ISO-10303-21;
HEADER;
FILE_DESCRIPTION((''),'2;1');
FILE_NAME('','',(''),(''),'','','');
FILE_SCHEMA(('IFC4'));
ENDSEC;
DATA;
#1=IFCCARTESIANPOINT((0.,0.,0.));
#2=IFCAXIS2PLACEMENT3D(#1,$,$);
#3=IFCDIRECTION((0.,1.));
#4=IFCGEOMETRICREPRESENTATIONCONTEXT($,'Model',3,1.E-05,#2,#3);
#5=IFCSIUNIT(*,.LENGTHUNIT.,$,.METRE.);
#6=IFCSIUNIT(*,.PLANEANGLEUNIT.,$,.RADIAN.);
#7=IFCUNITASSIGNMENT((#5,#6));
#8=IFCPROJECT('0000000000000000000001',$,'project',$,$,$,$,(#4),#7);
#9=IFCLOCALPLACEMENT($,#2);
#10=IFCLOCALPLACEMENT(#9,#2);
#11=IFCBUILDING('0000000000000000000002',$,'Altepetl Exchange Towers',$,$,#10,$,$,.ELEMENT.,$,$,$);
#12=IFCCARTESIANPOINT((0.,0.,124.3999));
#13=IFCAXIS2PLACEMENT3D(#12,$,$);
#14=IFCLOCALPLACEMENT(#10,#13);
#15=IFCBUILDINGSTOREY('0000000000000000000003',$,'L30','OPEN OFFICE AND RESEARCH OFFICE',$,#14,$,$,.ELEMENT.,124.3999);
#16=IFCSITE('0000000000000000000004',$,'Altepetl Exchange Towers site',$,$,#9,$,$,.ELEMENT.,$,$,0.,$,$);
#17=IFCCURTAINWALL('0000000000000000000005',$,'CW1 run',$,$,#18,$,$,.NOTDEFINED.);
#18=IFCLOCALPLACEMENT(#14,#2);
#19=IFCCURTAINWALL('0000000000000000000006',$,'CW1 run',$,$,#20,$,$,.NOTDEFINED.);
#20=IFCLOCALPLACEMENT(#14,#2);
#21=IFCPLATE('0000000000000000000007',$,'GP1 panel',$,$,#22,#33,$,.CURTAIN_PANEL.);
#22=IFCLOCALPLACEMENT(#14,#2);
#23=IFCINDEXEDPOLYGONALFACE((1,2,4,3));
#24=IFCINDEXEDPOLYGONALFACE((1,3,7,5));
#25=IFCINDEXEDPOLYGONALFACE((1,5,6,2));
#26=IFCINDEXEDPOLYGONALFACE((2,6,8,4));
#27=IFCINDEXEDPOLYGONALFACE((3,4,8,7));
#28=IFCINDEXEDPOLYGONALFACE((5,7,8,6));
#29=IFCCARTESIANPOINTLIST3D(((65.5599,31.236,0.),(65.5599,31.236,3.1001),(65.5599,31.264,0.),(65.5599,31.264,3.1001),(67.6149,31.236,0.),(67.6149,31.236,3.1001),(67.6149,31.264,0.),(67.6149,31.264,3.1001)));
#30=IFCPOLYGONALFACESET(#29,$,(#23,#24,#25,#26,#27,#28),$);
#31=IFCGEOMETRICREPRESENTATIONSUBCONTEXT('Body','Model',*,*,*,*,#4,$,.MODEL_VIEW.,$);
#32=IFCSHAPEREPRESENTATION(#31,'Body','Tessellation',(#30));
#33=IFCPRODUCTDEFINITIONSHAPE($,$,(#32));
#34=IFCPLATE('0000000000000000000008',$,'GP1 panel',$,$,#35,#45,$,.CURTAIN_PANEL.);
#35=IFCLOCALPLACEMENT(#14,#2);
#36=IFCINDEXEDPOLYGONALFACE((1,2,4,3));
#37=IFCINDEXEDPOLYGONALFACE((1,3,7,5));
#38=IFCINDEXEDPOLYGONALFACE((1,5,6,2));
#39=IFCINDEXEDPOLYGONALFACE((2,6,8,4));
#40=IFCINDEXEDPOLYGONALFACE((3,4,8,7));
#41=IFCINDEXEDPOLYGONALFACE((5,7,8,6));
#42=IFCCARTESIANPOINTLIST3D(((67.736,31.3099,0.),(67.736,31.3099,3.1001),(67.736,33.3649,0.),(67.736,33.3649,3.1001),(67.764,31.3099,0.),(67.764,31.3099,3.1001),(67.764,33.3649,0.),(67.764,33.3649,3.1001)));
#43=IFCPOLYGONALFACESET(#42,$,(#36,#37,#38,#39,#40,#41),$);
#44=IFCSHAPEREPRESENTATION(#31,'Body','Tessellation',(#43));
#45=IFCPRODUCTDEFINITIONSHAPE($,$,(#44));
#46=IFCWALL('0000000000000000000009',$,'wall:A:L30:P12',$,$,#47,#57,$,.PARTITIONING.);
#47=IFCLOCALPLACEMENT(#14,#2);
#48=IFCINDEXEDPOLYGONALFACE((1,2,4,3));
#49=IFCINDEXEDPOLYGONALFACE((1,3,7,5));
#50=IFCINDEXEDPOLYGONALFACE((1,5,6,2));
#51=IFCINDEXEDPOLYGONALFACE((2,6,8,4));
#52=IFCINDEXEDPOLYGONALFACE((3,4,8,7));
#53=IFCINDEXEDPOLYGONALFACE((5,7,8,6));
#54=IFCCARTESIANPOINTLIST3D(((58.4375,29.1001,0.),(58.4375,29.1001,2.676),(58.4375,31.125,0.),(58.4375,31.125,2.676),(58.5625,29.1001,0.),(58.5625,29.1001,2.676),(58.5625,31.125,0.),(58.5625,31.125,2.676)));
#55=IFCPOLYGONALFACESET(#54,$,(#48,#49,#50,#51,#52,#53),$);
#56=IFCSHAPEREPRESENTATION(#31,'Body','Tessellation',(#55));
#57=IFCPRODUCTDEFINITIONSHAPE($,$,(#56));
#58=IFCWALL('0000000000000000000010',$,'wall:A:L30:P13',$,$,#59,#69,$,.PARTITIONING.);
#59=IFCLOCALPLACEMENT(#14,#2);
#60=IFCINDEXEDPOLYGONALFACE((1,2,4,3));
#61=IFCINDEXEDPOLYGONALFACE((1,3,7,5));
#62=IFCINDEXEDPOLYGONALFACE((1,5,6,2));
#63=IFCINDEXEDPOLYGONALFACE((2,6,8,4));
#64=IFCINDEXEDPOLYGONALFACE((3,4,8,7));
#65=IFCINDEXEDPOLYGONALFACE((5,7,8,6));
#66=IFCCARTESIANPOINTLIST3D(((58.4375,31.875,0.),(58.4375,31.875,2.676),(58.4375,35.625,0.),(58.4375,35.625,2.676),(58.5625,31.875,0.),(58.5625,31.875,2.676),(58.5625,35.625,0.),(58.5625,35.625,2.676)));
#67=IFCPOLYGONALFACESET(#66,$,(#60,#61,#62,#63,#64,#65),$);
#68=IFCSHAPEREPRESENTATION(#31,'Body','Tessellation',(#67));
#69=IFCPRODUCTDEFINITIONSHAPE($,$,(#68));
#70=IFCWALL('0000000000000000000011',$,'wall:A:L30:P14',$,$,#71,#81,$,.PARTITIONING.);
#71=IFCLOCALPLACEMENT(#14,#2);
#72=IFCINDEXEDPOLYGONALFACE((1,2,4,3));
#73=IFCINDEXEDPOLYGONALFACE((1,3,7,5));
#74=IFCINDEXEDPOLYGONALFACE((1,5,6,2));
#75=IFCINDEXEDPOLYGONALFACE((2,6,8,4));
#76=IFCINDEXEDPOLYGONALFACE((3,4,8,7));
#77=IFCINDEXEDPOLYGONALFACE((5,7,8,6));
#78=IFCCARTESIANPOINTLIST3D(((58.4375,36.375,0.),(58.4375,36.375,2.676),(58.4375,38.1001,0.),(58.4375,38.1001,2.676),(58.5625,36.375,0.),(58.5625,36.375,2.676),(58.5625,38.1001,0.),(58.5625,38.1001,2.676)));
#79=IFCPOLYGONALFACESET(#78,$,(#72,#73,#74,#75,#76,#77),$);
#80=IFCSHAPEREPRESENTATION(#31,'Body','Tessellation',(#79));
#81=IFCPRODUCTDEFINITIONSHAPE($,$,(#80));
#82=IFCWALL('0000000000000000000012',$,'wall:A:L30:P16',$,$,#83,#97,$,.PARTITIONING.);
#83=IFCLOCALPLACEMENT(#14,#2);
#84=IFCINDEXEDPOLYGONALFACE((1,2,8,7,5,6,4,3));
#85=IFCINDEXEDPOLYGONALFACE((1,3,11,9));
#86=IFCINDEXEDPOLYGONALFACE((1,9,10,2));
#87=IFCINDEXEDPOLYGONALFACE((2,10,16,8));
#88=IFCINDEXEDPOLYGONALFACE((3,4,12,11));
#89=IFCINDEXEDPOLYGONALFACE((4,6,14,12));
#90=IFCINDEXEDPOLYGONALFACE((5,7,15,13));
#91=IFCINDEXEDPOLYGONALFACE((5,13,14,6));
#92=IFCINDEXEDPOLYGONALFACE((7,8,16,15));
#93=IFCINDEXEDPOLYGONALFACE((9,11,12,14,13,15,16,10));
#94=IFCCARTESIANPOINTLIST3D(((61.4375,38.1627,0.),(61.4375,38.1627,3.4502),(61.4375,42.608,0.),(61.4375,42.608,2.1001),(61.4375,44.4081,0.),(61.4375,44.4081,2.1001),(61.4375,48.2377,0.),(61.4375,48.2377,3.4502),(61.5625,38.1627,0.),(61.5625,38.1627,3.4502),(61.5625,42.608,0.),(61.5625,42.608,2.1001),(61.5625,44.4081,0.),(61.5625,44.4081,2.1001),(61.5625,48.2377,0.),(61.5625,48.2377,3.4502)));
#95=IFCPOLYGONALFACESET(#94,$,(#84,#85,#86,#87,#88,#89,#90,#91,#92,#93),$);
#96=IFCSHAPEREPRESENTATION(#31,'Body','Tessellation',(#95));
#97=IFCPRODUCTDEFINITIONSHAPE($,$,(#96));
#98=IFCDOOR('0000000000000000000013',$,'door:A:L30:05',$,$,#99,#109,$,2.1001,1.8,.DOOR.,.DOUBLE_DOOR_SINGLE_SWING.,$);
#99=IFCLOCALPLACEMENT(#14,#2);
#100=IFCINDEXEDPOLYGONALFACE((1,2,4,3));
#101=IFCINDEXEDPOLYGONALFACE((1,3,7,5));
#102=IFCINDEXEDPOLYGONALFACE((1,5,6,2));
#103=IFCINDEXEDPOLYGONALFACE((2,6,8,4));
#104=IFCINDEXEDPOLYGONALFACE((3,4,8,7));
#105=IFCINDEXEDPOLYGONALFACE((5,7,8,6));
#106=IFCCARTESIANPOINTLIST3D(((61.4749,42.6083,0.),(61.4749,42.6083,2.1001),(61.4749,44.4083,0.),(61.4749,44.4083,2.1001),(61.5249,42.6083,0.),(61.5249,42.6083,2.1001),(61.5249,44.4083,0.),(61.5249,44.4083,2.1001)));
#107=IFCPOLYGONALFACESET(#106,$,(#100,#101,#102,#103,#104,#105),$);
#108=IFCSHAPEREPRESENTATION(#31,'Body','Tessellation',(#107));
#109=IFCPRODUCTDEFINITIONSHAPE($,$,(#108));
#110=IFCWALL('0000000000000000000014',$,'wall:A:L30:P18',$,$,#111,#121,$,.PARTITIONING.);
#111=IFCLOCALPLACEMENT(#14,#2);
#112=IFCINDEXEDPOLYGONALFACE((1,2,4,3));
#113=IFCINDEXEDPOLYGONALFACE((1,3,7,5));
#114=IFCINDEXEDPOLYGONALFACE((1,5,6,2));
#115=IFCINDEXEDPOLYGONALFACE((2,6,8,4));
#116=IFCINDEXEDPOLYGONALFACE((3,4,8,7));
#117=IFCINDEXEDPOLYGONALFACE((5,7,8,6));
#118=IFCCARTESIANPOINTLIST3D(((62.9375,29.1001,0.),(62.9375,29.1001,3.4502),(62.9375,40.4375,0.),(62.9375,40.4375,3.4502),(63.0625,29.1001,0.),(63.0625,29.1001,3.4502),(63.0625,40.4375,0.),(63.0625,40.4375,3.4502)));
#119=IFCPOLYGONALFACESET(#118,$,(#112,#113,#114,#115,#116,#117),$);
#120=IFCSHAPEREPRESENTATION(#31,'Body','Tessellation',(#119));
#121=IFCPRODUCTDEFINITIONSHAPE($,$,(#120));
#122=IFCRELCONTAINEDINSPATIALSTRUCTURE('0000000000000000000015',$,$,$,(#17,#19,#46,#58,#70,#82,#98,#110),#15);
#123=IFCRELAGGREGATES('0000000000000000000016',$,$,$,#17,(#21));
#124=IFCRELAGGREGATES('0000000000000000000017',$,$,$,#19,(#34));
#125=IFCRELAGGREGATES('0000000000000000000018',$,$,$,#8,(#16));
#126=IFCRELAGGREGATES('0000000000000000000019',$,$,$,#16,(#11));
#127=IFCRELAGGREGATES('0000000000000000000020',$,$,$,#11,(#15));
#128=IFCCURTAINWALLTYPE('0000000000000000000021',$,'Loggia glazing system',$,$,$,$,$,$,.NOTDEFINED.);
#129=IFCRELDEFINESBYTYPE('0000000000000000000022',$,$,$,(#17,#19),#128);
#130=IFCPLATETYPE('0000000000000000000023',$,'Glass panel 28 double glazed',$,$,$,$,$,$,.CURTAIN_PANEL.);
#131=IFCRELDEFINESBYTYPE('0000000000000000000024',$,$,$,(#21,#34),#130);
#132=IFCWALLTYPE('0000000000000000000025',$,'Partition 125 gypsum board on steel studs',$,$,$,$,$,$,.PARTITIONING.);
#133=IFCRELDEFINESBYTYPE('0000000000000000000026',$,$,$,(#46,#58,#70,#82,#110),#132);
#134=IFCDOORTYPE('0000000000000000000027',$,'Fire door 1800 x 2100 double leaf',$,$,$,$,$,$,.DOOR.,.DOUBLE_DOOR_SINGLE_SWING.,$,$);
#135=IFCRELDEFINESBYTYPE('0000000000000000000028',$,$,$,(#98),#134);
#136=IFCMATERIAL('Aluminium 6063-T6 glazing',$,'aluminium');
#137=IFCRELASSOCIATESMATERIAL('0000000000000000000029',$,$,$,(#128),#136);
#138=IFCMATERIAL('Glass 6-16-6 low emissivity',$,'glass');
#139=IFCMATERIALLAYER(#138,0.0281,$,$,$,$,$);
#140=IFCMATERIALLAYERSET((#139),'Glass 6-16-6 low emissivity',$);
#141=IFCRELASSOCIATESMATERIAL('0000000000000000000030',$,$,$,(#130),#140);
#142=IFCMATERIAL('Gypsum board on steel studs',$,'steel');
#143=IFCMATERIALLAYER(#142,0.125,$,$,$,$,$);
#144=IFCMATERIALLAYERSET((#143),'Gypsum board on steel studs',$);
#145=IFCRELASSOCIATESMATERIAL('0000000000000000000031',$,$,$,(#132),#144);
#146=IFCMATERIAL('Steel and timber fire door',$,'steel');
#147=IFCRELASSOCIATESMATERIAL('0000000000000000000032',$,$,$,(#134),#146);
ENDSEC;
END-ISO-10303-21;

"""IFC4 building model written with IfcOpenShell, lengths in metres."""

from ifc_helpers import new_model, si_unit, direction, frame, frame_2d, origin, origin_2d, place, context, subcontext, project, spatial, rectangle, extrude, material, layer, layer_set, type_object, element, fill, aggregate, save


model = new_model("IFC4")

# Units and contexts
model_context = context("Model", 3, precision=1e-05, world=origin(), true_north=direction((0.0, 1.0)))
body_context = subcontext(model_context, "Body", "Model", "MODEL_VIEW")
ifc_project = project(units=[si_unit("LENGTHUNIT", "METRE"), si_unit("PLANEANGLEUNIT", "RADIAN")], contexts=[model_context])

# Site, building, storey
site_placement = place(None, origin())
site = spatial("IfcSite", under=ifc_project, at=site_placement, Name="Altepetl Exchange Towers site", CompositionType="ELEMENT", RefElevation=0.0)
building_placement = place(site_placement, origin())
building = spatial("IfcBuilding", under=site, at=building_placement, Name="Altepetl Exchange Towers", CompositionType="ELEMENT")
storey_placement = place(building_placement, frame((0.0, 0.0, 124.3999)))
storey = spatial("IfcBuildingStorey", under=building, at=storey_placement, Name="L30", Description="OPEN OFFICE AND RESEARCH OFFICE", CompositionType="ELEMENT", Elevation=124.3999)

# Curtain walls
ifc_material_1 = material(Name="Aluminium 6063-T6 glazing", Category="aluminium")
curtain_wall_type = type_object("IfcCurtainWallType", Name="Loggia glazing system", PredefinedType="NOTDEFINED", material=ifc_material_1)
curtain_wall_1_placement = place(storey_placement, origin())
curtain_wall_1 = element("IfcCurtainWall", 1, at=curtain_wall_1_placement, inside=storey, type_object=curtain_wall_type, Name="CW1 run", PredefinedType="NOTDEFINED")
curtain_wall_2_placement = place(storey_placement, origin())
curtain_wall_2 = element("IfcCurtainWall", 2, at=curtain_wall_2_placement, inside=storey, type_object=curtain_wall_type, Name="CW1 run", PredefinedType="NOTDEFINED")

# Plates
ifc_material_2 = material(Name="Glass 6-16-6 low emissivity", Category="glass")
ifc_layer_1 = layer(ifc_material_2, 0.0281)
ifc_layer_set_1 = layer_set([ifc_layer_1], Name="Glass 6-16-6 low emissivity")
plate_type = type_object("IfcPlateType", Name="Glass panel 28 double glazed", PredefinedType="CURTAIN_PANEL", material=ifc_layer_set_1)
plate_1_placement = place(storey_placement, frame((66.5874, 31.25, 0.0)))
plate_1 = element("IfcPlate", 3, at=plate_1_placement, type_object=plate_type, Name="GP1 panel", PredefinedType="CURTAIN_PANEL", context=body_context, shape_type="SweptSolid", body=[
    extrude(rectangle(XDim=2.0549, YDim=0.0281, at=origin_2d()), origin(), (0.0, 0.0, 1.0), 3.1001),
])
aggregate(curtain_wall_1, [plate_1])
plate_2_placement = place(storey_placement, frame((67.75, 32.3374, 0.0), z_axis=(0.0, 0.0, 1.0), x_axis=(0.0, 1.0, 0.0)))
plate_2 = element("IfcPlate", 4, at=plate_2_placement, type_object=plate_type, Name="GP1 panel", PredefinedType="CURTAIN_PANEL", context=body_context, shape_type="SweptSolid", body=[
    extrude(rectangle(XDim=2.0549, YDim=0.0281, at=origin_2d()), origin(), (0.0, 0.0, 1.0), 3.1001),
])
aggregate(curtain_wall_2, [plate_2])

# Walls
ifc_material_3 = material(Name="Gypsum board on steel studs", Category="steel")
ifc_layer_2 = layer(ifc_material_3, 0.125)
ifc_layer_set_2 = layer_set([ifc_layer_2], Name="Gypsum board on steel studs")
wall_type = type_object("IfcWallType", Name="Partition 125 gypsum board on steel studs", PredefinedType="PARTITIONING", material=ifc_layer_set_2)
wall_1_placement = place(storey_placement, frame((58.5, 29.1001, 0.0), z_axis=(0.0, 0.0, 1.0), x_axis=(0.0, 1.0, 0.0)))
element("IfcWall", 5, at=wall_1_placement, inside=storey, type_object=wall_type, Name="wall:A:L30:P12", PredefinedType="PARTITIONING", context=body_context, shape_type="SweptSolid", body=[
    extrude(rectangle(XDim=2.0249, YDim=0.125, at=frame_2d((1.0125, 0.0))), origin(), (0.0, 0.0, 1.0), 2.676),
])
wall_2_placement = place(storey_placement, frame((58.5, 31.875, 0.0), z_axis=(0.0, 0.0, 1.0), x_axis=(0.0, 1.0, 0.0)))
element("IfcWall", 6, at=wall_2_placement, inside=storey, type_object=wall_type, Name="wall:A:L30:P13", PredefinedType="PARTITIONING", context=body_context, shape_type="SweptSolid", body=[
    extrude(rectangle(XDim=3.75, YDim=0.125, at=frame_2d((1.875, 0.0))), origin(), (0.0, 0.0, 1.0), 2.676),
])
wall_3_placement = place(storey_placement, frame((58.5, 36.375, 0.0), z_axis=(0.0, 0.0, 1.0), x_axis=(0.0, 1.0, 0.0)))
element("IfcWall", 7, at=wall_3_placement, inside=storey, type_object=wall_type, Name="wall:A:L30:P14", PredefinedType="PARTITIONING", context=body_context, shape_type="SweptSolid", body=[
    extrude(rectangle(XDim=1.7251, YDim=0.125, at=frame_2d((0.8625, 0.0))), origin(), (0.0, 0.0, 1.0), 2.676),
])

# Wall, opening, door
wall_4_placement = place(storey_placement, frame((61.5, 38.1626, 0.0), z_axis=(0.0, 0.0, 1.0), x_axis=(0.0, 1.0, 0.0)))
wall_4 = element("IfcWall", 8, at=wall_4_placement, inside=storey, type_object=wall_type, Name="wall:A:L30:P16", PredefinedType="PARTITIONING", context=body_context, shape_type="SweptSolid", body=[
    extrude(rectangle(XDim=10.075, YDim=0.125, at=frame_2d((5.0376, 0.0))), origin(), (0.0, 0.0, 1.0), 3.4502),
])
opening_placement = place(wall_4_placement, frame((4.4456, 0.0, 0.0)))
opening = element("IfcOpeningElement", 9, at=opening_placement, cuts=wall_4, PredefinedType="OPENING", context=body_context, shape_type="SweptSolid", body=[
    extrude(rectangle(XDim=1.8, YDim=2.1001, at=frame_2d((0.8999, 1.05))), frame((0.0, 0.0725, 0.0), z_axis=(0.0, -1.0, 0.0), x_axis=(1.0, 0.0, 0.0)), (0.0, 0.0, 1.0), 0.145),
])
ifc_material_4 = material(Name="Steel and timber fire door", Category="steel")
door_type = type_object("IfcDoorType", Name="Fire door 1800 x 2100 double leaf", OperationType="DOUBLE_DOOR_SINGLE_SWING", PredefinedType="DOOR", material=ifc_material_4)
door_placement = place(opening_placement, frame((1.8, 0.0, 0.0), x_axis=(-1.0, 0.0, 0.0)))
door = element("IfcDoor", 10, at=door_placement, inside=storey, type_object=door_type, Name="door:A:L30:05", OperationType="DOUBLE_DOOR_SINGLE_SWING", OverallHeight=2.1001, OverallWidth=1.8, PredefinedType="DOOR", context=body_context, shape_type="SweptSolid", body=[
    extrude(rectangle(XDim=1.8, YDim=2.1001, at=frame_2d((0.8999, 1.05))), frame((0.0, 0.0249, 0.0), z_axis=(0.0, -1.0, 0.0), x_axis=(1.0, 0.0, 0.0)), (0.0, 0.0, 1.0), 0.05),
])
fill(opening, door)

# Wall
wall_5_placement = place(storey_placement, frame((63.0, 29.1001, 0.0), z_axis=(0.0, 0.0, 1.0), x_axis=(0.0, 1.0, 0.0)))
element("IfcWall", 11, at=wall_5_placement, inside=storey, type_object=wall_type, Name="wall:A:L30:P18", PredefinedType="PARTITIONING", context=body_context, shape_type="SweptSolid", body=[
    extrude(rectangle(XDim=11.3374, YDim=0.125, at=frame_2d((5.6687, 0.0))), origin(), (0.0, 0.0, 1.0), 3.4502),
])

save(model, "model.ifc")
